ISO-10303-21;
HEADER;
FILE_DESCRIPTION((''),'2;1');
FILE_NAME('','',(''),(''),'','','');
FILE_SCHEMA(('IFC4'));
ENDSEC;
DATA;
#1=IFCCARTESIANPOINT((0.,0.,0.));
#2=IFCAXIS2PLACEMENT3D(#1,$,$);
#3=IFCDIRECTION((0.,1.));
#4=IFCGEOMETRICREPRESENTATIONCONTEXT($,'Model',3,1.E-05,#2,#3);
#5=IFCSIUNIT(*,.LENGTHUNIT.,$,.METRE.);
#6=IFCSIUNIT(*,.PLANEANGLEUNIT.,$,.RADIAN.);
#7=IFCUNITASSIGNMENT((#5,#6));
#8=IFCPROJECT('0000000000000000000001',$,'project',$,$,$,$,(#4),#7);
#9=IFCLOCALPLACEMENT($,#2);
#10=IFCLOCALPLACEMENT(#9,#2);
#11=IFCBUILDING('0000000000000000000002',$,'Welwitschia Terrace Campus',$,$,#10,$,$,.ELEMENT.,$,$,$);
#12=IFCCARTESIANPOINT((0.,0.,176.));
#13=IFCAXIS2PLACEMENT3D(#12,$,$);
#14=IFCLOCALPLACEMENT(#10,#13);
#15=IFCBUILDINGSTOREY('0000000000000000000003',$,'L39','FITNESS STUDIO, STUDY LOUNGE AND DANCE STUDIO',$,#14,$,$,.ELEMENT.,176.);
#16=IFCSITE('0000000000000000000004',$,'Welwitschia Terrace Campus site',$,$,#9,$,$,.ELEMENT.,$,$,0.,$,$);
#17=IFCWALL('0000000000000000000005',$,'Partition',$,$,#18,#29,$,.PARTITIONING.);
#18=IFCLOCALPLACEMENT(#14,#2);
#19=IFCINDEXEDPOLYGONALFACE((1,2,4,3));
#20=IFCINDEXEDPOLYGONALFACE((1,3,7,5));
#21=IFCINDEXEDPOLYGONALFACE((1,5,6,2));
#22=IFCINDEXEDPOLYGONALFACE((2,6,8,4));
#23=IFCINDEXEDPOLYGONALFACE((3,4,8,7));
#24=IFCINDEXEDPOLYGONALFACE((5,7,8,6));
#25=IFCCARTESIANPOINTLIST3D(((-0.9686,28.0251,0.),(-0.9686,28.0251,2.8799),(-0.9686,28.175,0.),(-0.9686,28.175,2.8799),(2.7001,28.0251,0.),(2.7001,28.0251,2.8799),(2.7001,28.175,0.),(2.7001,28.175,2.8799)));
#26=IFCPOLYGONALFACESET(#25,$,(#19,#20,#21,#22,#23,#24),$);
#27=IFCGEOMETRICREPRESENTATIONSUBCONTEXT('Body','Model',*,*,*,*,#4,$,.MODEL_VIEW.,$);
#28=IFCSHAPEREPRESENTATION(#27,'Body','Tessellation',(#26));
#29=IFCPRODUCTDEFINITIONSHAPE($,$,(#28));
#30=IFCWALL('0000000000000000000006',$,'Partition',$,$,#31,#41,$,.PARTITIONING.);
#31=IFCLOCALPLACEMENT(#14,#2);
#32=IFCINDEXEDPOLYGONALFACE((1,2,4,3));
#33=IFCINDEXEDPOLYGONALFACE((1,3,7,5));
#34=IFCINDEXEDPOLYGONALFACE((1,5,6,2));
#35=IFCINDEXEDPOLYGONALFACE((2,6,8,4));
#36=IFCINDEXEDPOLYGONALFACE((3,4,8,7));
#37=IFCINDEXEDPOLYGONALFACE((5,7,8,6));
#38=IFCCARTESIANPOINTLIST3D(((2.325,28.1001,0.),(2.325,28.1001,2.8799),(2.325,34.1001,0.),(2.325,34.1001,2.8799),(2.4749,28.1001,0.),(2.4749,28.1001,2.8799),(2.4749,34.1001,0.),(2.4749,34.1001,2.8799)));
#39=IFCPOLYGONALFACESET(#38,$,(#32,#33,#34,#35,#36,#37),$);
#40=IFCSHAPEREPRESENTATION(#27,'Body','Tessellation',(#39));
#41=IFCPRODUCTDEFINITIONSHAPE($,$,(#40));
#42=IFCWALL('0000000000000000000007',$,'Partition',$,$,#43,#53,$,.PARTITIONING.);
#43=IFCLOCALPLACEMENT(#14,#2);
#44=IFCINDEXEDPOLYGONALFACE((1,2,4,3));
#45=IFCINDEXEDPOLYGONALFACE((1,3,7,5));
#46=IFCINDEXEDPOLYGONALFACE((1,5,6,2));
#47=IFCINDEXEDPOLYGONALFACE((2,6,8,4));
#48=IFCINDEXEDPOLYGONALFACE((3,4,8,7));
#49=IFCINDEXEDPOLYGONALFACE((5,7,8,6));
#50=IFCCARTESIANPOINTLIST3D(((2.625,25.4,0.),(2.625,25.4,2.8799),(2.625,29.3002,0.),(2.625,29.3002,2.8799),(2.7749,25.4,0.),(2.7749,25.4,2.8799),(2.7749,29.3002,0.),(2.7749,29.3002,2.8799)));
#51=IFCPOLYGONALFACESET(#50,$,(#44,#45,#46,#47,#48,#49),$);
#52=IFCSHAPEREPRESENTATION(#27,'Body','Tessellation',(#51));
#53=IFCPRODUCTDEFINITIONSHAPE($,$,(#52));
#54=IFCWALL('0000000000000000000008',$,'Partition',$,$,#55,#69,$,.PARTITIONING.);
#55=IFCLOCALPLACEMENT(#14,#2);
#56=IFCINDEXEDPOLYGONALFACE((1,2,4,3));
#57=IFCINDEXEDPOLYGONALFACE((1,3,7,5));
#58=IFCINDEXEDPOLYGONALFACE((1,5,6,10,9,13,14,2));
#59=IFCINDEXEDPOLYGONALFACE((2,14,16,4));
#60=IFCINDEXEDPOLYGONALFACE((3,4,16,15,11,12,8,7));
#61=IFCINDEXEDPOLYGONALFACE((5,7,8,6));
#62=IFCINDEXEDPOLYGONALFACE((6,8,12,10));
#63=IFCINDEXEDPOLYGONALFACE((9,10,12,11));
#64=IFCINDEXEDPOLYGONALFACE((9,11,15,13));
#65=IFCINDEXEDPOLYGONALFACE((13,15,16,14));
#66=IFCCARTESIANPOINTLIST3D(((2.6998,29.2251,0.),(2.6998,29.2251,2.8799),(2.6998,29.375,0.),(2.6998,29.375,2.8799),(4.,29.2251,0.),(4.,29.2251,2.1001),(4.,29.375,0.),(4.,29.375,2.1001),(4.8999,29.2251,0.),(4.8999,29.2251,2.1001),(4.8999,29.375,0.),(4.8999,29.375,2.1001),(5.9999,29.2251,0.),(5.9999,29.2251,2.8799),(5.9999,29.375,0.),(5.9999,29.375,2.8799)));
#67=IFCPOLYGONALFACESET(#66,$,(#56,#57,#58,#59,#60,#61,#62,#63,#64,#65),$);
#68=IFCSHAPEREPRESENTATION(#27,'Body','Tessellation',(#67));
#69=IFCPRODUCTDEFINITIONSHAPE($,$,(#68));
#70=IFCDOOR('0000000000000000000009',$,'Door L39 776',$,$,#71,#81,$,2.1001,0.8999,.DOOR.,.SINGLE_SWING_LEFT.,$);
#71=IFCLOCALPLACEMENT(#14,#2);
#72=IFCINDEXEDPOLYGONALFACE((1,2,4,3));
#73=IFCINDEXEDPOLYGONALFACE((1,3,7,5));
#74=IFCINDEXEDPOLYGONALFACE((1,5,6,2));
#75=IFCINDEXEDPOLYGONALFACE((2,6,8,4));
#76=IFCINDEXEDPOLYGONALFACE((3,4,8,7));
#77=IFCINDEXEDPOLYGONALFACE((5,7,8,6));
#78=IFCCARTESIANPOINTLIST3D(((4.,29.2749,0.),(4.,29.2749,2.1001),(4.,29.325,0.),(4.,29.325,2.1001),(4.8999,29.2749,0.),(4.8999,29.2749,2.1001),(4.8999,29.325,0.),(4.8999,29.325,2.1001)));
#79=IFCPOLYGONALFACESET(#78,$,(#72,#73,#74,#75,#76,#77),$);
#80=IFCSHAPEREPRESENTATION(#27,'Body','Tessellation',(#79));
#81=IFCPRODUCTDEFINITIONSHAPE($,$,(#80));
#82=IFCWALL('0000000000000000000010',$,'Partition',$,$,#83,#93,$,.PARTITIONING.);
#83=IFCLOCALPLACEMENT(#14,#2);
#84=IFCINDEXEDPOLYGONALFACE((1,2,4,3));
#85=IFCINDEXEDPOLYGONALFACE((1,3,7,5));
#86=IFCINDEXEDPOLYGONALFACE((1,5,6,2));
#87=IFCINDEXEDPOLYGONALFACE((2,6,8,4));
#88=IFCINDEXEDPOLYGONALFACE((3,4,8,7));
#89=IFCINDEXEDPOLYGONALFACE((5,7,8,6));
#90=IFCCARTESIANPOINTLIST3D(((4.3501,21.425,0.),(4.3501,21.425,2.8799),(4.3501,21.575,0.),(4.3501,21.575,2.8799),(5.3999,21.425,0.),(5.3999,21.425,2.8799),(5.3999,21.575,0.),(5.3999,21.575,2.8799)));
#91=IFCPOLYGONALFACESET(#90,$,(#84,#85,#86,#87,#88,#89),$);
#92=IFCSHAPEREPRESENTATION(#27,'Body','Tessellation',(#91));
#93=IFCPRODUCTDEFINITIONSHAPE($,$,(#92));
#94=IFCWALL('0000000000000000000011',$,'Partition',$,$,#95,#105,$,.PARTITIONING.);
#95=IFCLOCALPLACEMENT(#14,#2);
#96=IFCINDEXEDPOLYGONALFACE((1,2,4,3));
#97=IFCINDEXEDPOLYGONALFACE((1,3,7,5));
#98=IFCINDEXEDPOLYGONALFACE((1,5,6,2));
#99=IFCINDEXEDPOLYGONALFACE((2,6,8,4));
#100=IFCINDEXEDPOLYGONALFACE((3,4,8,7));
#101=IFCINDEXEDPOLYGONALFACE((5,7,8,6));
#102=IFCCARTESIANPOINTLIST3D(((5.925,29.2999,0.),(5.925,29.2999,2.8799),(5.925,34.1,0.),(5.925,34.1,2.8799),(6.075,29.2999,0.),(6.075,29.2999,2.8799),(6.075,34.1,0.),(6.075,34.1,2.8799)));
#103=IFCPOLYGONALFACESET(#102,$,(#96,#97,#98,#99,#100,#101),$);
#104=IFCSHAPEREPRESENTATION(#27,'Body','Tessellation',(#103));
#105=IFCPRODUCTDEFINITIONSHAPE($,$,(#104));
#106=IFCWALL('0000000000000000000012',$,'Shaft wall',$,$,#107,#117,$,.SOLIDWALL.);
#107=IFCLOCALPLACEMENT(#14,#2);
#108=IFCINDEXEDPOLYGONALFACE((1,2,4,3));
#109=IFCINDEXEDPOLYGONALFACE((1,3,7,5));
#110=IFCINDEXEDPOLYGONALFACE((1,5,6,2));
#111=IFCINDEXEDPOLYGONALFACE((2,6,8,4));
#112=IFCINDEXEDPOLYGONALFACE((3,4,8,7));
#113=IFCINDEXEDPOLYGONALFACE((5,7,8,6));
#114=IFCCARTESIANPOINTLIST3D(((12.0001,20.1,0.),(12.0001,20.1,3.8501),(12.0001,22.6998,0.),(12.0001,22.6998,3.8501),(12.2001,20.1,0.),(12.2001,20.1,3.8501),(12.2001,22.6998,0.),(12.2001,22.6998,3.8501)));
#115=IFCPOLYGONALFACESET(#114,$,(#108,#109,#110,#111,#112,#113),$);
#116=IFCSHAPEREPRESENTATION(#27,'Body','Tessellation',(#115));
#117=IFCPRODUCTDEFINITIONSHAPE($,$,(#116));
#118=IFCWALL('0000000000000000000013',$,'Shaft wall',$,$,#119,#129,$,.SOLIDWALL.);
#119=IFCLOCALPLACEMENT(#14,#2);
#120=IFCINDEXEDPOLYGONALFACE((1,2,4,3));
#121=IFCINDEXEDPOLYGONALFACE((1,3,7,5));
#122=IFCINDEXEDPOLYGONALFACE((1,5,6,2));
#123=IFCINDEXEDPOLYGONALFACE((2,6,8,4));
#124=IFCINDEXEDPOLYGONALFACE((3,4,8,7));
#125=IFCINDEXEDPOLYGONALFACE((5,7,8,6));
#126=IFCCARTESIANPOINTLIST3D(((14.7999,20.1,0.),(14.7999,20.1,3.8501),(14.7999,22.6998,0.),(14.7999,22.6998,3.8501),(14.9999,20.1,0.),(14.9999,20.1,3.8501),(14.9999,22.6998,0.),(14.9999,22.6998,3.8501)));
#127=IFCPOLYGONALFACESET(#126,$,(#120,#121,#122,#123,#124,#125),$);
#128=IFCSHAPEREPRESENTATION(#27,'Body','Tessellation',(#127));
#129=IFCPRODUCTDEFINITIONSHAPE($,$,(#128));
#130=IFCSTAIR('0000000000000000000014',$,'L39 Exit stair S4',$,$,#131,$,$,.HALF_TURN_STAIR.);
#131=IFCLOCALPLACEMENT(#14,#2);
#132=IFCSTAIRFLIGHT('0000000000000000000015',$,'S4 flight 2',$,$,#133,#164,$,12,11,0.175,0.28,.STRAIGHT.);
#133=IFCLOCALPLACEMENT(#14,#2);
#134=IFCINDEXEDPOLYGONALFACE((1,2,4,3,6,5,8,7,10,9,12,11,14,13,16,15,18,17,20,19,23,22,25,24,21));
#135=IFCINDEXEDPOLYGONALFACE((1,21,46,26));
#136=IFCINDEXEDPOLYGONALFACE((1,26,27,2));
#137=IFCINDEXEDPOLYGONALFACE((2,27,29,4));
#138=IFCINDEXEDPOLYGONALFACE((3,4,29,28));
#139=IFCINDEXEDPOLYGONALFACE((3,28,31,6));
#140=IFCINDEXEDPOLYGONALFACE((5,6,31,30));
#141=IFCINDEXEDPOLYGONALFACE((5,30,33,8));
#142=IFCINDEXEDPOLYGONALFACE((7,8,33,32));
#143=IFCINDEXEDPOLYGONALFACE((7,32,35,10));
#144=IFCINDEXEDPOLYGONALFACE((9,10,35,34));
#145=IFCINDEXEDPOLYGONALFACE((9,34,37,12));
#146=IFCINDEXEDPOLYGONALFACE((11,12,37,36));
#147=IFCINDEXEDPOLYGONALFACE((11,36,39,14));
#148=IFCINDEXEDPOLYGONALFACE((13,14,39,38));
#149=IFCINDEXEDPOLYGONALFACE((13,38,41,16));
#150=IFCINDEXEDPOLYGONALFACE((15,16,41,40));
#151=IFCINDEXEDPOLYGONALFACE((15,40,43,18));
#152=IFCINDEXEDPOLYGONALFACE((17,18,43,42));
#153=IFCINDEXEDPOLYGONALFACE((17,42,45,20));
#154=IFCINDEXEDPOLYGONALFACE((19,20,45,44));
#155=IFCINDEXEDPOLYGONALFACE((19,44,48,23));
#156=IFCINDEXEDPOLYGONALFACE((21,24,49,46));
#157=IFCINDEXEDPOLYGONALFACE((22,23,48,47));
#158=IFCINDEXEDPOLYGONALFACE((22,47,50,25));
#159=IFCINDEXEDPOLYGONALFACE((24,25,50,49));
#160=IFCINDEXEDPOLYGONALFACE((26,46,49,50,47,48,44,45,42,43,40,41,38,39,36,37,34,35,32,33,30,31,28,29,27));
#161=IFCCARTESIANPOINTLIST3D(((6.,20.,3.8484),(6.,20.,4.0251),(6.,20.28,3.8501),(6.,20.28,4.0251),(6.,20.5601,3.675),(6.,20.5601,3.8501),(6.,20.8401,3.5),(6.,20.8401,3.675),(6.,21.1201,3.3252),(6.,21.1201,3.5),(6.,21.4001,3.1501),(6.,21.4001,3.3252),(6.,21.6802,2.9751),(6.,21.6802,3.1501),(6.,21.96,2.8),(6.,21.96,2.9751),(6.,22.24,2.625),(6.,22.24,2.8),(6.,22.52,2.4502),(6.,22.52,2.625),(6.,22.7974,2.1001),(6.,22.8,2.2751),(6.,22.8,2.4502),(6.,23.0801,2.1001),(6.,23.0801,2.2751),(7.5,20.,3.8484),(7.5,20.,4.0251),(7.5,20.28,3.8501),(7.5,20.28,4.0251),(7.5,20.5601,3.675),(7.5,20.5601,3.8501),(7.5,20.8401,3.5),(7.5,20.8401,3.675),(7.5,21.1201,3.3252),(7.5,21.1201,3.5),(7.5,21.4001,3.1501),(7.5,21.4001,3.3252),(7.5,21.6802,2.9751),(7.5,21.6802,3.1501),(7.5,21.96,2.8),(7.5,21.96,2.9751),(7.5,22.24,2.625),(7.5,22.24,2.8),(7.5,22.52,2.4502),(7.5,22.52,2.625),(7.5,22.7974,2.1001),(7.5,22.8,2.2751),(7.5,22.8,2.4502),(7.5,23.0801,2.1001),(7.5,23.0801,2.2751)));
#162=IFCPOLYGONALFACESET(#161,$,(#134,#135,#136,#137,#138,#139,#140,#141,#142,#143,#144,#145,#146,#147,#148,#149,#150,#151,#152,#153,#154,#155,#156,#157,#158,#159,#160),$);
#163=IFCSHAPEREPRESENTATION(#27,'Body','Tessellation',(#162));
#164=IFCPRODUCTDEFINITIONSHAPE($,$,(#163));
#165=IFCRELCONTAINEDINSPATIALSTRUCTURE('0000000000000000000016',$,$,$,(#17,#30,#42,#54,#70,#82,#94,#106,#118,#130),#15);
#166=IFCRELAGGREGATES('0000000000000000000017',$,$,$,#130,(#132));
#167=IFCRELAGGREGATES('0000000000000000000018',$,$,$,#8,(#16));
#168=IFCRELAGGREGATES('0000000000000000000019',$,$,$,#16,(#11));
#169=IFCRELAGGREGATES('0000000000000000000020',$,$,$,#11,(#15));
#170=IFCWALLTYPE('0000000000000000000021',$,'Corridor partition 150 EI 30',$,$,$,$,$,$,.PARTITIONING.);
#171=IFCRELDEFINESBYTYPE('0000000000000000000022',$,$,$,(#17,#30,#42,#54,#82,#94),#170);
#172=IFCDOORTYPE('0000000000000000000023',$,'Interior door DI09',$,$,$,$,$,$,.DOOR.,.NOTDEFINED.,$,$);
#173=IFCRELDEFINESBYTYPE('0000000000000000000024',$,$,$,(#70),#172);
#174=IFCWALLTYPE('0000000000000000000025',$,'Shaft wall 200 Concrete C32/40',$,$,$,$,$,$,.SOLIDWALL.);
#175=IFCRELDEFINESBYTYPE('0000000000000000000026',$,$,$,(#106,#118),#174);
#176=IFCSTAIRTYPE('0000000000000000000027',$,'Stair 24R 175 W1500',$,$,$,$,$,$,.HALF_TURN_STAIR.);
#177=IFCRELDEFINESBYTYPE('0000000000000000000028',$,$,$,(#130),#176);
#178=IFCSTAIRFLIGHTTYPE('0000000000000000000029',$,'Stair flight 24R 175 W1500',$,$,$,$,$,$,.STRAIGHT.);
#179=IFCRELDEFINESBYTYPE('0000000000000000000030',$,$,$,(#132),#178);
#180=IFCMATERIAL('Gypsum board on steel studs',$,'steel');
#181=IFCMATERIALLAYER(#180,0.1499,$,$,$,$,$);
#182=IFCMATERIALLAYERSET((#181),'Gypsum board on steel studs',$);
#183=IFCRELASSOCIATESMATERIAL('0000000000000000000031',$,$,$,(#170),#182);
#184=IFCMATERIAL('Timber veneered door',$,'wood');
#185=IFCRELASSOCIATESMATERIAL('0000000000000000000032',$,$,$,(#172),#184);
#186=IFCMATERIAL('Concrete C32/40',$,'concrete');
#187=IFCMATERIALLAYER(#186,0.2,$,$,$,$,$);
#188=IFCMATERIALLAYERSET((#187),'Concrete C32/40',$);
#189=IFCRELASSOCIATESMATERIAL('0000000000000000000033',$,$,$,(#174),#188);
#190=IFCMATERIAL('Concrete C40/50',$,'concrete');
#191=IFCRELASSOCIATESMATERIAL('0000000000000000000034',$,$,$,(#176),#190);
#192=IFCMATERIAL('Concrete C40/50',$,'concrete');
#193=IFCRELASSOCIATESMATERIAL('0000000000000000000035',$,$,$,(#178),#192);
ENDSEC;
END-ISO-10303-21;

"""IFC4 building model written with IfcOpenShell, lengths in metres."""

from ifc_helpers import new_model, si_unit, direction, frame, frame_2d, origin, place, context, subcontext, project, spatial, polyline, rectangle, outline, extrude, material, layer, layer_set, type_object, element, fill, aggregate, save


model = new_model("IFC4")

# Units and contexts
model_context = context("Model", 3, precision=1e-05, world=origin(), true_north=direction((0.0, 1.0)))
body_context = subcontext(model_context, "Body", "Model", "MODEL_VIEW")
ifc_project = project(units=[si_unit("LENGTHUNIT", "METRE"), si_unit("PLANEANGLEUNIT", "RADIAN")], contexts=[model_context])

# Site, building, storey
site_placement = place(None, origin())
site = spatial("IfcSite", under=ifc_project, at=site_placement, Name="Welwitschia Terrace Campus site", CompositionType="ELEMENT", RefElevation=0.0)
building_placement = place(site_placement, origin())
building = spatial("IfcBuilding", under=site, at=building_placement, Name="Welwitschia Terrace Campus", CompositionType="ELEMENT")
storey_placement = place(building_placement, frame((0.0, 0.0, 176.0)))
storey = spatial("IfcBuildingStorey", under=building, at=storey_placement, Name="L39", Description="FITNESS STUDIO, STUDY LOUNGE AND DANCE STUDIO", CompositionType="ELEMENT", Elevation=176.0)

# Walls
ifc_material_1 = material(Name="Gypsum board on steel studs", Category="steel")
ifc_layer_1 = layer(ifc_material_1, 0.1499)
ifc_layer_set_1 = layer_set([ifc_layer_1], Name="Gypsum board on steel studs")
wall_type_1 = type_object("IfcWallType", Name="Corridor partition 150 EI 30", PredefinedType="PARTITIONING", material=ifc_layer_set_1)
wall_1_placement = place(storey_placement, frame((-0.9688, 28.1001, 0.0), z_axis=(0.0, 0.0, 1.0), x_axis=(1.0, 0.0, 0.0)))
element("IfcWall", 1, at=wall_1_placement, inside=storey, type_object=wall_type_1, Name="Partition", PredefinedType="PARTITIONING", context=body_context, shape_type="SweptSolid", body=[
    extrude(rectangle(XDim=3.6687, YDim=0.1499, at=frame_2d((1.8345, 0.0))), origin(), (0.0, 0.0, 1.0), 2.8799),
])
wall_2_placement = place(storey_placement, frame((2.3999, 28.1001, 0.0), z_axis=(0.0, 0.0, 1.0), x_axis=(0.0, 1.0, 0.0)))
element("IfcWall", 2, at=wall_2_placement, inside=storey, type_object=wall_type_1, Name="Partition", PredefinedType="PARTITIONING", context=body_context, shape_type="SweptSolid", body=[
    extrude(rectangle(XDim=6.0, YDim=0.1499, at=frame_2d((3.0, 0.0))), origin(), (0.0, 0.0, 1.0), 2.8799),
])
wall_3_placement = place(storey_placement, frame((2.7, 25.3999, 0.0), z_axis=(0.0, 0.0, 1.0), x_axis=(0.0, 1.0, 0.0)))
element("IfcWall", 3, at=wall_3_placement, inside=storey, type_object=wall_type_1, Name="Partition", PredefinedType="PARTITIONING", context=body_context, shape_type="SweptSolid", body=[
    extrude(rectangle(XDim=3.9001, YDim=0.1499, at=frame_2d((1.9502, 0.0))), origin(), (0.0, 0.0, 1.0), 2.8799),
])

# Wall, opening, door
wall_4_placement = place(storey_placement, frame((2.7, 29.3, 0.0), z_axis=(0.0, 0.0, 1.0), x_axis=(1.0, 0.0, 0.0)))
wall_4 = element("IfcWall", 4, at=wall_4_placement, inside=storey, type_object=wall_type_1, Name="Partition", PredefinedType="PARTITIONING", context=body_context, shape_type="SweptSolid", body=[
    extrude(rectangle(XDim=3.3, YDim=0.1499, at=frame_2d((1.6499, 0.0))), origin(), (0.0, 0.0, 1.0), 2.8799),
])
opening_placement = place(wall_4_placement, frame((1.3, 0.0, 0.0)))
opening = element("IfcOpeningElement", 5, at=opening_placement, cuts=wall_4, PredefinedType="OPENING", context=body_context, shape_type="SweptSolid", body=[
    extrude(rectangle(XDim=0.8999, YDim=2.1001, at=frame_2d((0.45, 1.05))), frame((0.0, 0.085, 0.0), z_axis=(0.0, -1.0, 0.0), x_axis=(1.0, 0.0, 0.0)), (0.0, 0.0, 1.0), 0.1699),
])
ifc_material_2 = material(Name="Timber veneered door", Category="wood")
door_type = type_object("IfcDoorType", Name="Interior door DI09", OperationType="NOTDEFINED", PredefinedType="DOOR", material=ifc_material_2)
door_placement = place(opening_placement, origin())
door = element("IfcDoor", 6, at=door_placement, inside=storey, type_object=door_type, Name="Door L39 776", OperationType="SINGLE_SWING_LEFT", OverallHeight=2.1001, OverallWidth=0.8999, PredefinedType="DOOR", context=body_context, shape_type="SweptSolid", body=[
    extrude(rectangle(XDim=0.8999, YDim=2.1001, at=frame_2d((0.45, 1.05))), frame((0.0, 0.0249, 0.0), z_axis=(0.0, -1.0, 0.0), x_axis=(1.0, 0.0, 0.0)), (0.0, 0.0, 1.0), 0.05),
])
fill(opening, door)

# Walls
wall_5_placement = place(storey_placement, frame((4.3501, 21.5, 0.0), z_axis=(0.0, 0.0, 1.0), x_axis=(1.0, 0.0, 0.0)))
element("IfcWall", 7, at=wall_5_placement, inside=storey, type_object=wall_type_1, Name="Partition", PredefinedType="PARTITIONING", context=body_context, shape_type="SweptSolid", body=[
    extrude(rectangle(XDim=1.0498, YDim=0.1499, at=frame_2d((0.5249, 0.0))), origin(), (0.0, 0.0, 1.0), 2.8799),
])
wall_6_placement = place(storey_placement, frame((6.0, 29.3, 0.0), z_axis=(0.0, 0.0, 1.0), x_axis=(0.0, 1.0, 0.0)))
element("IfcWall", 8, at=wall_6_placement, inside=storey, type_object=wall_type_1, Name="Partition", PredefinedType="PARTITIONING", context=body_context, shape_type="SweptSolid", body=[
    extrude(rectangle(XDim=4.8, YDim=0.1499, at=frame_2d((2.3999, 0.0))), origin(), (0.0, 0.0, 1.0), 2.8799),
])
ifc_material_3 = material(Name="Concrete C32/40", Category="concrete")
ifc_layer_2 = layer(ifc_material_3, 0.2)
ifc_layer_set_2 = layer_set([ifc_layer_2], Name="Concrete C32/40")
wall_type_2 = type_object("IfcWallType", Name="Shaft wall 200 Concrete C32/40", PredefinedType="SOLIDWALL", material=ifc_layer_set_2)
for number, where, z_axis, x_axis, name in (
    (9, (12.1001, 20.1001, 0.0), (0.0, 0.0, 1.0), (0.0, 1.0, 0.0), "Shaft wall"),
    (10, (14.8999, 20.1001, 0.0), (0.0, 0.0, 1.0), (0.0, 1.0, 0.0), "Shaft wall"),
):
    element("IfcWall", number, at=place(storey_placement, frame(where, z_axis=z_axis, x_axis=x_axis)), inside=storey, type_object=wall_type_2, Name=name, PredefinedType="SOLIDWALL", context=body_context, shape_type="SweptSolid", body=[
        extrude(rectangle(XDim=2.5999, YDim=0.2, at=frame_2d((1.2998, 0.0))), origin(), (0.0, 0.0, 1.0), 3.8501),
    ])

# Stair, stair flight
ifc_material_4 = material(Name="Concrete C40/50", Category="concrete")
stair_type = type_object("IfcStairType", Name="Stair 24R 175 W1500", PredefinedType="HALF_TURN_STAIR", material=ifc_material_4)
stair_placement = place(storey_placement, origin())
stair = element("IfcStair", 11, at=stair_placement, inside=storey, type_object=stair_type, Name="L39 Exit stair S4", PredefinedType="HALF_TURN_STAIR")
ifc_material_5 = material(Name="Concrete C40/50", Category="concrete")
stair_flight_type = type_object("IfcStairFlightType", Name="Stair flight 24R 175 W1500", PredefinedType="STRAIGHT", material=ifc_material_5)
stair_flight_placement = place(storey_placement, frame((6.75, 23.0801, 2.1001), z_axis=(0.0, 0.0, 1.0), x_axis=(0.0, -1.0, 0.0)))
stair_flight = element("IfcStairFlight", 12, at=stair_flight_placement, type_object=stair_flight_type, Name="S4 flight 2", NumberOfRisers=12, NumberOfTreads=11, PredefinedType="STRAIGHT", RiserHeight=0.175, TreadLength=0.28, context=body_context, shape_type="SweptSolid", body=[
    extrude(outline(polyline([(0.0, 0.0), (0.0, 0.175), (0.28, 0.175), (0.28, 0.3501), (0.5601, 0.3501), (0.5601, 0.5249), (0.8401, 0.5249), (0.8401, 0.7), (1.1201, 0.7), (1.1201, 0.875), (1.3999, 0.875), (1.3999, 1.05), (1.6799, 1.05), (1.6799, 1.2251), (1.96, 1.2251), (1.96, 1.3999), (2.24, 1.3999), (2.24, 1.575), (2.52, 1.575), (2.52, 1.75), (2.8, 1.75), (2.8, 1.925), (3.0801, 1.925), (3.0801, 2.1001), (3.0801, 1.7483), (0.2827, 0.0), (0.0, 0.0)])), frame((0.0, 0.75, 0.0), z_axis=(0.0, -1.0, 0.0), x_axis=(1.0, 0.0, 0.0)), (0.0, 0.0, 1.0), 1.5),
])
aggregate(stair, [stair_flight])

save(model, "model.ifc")
